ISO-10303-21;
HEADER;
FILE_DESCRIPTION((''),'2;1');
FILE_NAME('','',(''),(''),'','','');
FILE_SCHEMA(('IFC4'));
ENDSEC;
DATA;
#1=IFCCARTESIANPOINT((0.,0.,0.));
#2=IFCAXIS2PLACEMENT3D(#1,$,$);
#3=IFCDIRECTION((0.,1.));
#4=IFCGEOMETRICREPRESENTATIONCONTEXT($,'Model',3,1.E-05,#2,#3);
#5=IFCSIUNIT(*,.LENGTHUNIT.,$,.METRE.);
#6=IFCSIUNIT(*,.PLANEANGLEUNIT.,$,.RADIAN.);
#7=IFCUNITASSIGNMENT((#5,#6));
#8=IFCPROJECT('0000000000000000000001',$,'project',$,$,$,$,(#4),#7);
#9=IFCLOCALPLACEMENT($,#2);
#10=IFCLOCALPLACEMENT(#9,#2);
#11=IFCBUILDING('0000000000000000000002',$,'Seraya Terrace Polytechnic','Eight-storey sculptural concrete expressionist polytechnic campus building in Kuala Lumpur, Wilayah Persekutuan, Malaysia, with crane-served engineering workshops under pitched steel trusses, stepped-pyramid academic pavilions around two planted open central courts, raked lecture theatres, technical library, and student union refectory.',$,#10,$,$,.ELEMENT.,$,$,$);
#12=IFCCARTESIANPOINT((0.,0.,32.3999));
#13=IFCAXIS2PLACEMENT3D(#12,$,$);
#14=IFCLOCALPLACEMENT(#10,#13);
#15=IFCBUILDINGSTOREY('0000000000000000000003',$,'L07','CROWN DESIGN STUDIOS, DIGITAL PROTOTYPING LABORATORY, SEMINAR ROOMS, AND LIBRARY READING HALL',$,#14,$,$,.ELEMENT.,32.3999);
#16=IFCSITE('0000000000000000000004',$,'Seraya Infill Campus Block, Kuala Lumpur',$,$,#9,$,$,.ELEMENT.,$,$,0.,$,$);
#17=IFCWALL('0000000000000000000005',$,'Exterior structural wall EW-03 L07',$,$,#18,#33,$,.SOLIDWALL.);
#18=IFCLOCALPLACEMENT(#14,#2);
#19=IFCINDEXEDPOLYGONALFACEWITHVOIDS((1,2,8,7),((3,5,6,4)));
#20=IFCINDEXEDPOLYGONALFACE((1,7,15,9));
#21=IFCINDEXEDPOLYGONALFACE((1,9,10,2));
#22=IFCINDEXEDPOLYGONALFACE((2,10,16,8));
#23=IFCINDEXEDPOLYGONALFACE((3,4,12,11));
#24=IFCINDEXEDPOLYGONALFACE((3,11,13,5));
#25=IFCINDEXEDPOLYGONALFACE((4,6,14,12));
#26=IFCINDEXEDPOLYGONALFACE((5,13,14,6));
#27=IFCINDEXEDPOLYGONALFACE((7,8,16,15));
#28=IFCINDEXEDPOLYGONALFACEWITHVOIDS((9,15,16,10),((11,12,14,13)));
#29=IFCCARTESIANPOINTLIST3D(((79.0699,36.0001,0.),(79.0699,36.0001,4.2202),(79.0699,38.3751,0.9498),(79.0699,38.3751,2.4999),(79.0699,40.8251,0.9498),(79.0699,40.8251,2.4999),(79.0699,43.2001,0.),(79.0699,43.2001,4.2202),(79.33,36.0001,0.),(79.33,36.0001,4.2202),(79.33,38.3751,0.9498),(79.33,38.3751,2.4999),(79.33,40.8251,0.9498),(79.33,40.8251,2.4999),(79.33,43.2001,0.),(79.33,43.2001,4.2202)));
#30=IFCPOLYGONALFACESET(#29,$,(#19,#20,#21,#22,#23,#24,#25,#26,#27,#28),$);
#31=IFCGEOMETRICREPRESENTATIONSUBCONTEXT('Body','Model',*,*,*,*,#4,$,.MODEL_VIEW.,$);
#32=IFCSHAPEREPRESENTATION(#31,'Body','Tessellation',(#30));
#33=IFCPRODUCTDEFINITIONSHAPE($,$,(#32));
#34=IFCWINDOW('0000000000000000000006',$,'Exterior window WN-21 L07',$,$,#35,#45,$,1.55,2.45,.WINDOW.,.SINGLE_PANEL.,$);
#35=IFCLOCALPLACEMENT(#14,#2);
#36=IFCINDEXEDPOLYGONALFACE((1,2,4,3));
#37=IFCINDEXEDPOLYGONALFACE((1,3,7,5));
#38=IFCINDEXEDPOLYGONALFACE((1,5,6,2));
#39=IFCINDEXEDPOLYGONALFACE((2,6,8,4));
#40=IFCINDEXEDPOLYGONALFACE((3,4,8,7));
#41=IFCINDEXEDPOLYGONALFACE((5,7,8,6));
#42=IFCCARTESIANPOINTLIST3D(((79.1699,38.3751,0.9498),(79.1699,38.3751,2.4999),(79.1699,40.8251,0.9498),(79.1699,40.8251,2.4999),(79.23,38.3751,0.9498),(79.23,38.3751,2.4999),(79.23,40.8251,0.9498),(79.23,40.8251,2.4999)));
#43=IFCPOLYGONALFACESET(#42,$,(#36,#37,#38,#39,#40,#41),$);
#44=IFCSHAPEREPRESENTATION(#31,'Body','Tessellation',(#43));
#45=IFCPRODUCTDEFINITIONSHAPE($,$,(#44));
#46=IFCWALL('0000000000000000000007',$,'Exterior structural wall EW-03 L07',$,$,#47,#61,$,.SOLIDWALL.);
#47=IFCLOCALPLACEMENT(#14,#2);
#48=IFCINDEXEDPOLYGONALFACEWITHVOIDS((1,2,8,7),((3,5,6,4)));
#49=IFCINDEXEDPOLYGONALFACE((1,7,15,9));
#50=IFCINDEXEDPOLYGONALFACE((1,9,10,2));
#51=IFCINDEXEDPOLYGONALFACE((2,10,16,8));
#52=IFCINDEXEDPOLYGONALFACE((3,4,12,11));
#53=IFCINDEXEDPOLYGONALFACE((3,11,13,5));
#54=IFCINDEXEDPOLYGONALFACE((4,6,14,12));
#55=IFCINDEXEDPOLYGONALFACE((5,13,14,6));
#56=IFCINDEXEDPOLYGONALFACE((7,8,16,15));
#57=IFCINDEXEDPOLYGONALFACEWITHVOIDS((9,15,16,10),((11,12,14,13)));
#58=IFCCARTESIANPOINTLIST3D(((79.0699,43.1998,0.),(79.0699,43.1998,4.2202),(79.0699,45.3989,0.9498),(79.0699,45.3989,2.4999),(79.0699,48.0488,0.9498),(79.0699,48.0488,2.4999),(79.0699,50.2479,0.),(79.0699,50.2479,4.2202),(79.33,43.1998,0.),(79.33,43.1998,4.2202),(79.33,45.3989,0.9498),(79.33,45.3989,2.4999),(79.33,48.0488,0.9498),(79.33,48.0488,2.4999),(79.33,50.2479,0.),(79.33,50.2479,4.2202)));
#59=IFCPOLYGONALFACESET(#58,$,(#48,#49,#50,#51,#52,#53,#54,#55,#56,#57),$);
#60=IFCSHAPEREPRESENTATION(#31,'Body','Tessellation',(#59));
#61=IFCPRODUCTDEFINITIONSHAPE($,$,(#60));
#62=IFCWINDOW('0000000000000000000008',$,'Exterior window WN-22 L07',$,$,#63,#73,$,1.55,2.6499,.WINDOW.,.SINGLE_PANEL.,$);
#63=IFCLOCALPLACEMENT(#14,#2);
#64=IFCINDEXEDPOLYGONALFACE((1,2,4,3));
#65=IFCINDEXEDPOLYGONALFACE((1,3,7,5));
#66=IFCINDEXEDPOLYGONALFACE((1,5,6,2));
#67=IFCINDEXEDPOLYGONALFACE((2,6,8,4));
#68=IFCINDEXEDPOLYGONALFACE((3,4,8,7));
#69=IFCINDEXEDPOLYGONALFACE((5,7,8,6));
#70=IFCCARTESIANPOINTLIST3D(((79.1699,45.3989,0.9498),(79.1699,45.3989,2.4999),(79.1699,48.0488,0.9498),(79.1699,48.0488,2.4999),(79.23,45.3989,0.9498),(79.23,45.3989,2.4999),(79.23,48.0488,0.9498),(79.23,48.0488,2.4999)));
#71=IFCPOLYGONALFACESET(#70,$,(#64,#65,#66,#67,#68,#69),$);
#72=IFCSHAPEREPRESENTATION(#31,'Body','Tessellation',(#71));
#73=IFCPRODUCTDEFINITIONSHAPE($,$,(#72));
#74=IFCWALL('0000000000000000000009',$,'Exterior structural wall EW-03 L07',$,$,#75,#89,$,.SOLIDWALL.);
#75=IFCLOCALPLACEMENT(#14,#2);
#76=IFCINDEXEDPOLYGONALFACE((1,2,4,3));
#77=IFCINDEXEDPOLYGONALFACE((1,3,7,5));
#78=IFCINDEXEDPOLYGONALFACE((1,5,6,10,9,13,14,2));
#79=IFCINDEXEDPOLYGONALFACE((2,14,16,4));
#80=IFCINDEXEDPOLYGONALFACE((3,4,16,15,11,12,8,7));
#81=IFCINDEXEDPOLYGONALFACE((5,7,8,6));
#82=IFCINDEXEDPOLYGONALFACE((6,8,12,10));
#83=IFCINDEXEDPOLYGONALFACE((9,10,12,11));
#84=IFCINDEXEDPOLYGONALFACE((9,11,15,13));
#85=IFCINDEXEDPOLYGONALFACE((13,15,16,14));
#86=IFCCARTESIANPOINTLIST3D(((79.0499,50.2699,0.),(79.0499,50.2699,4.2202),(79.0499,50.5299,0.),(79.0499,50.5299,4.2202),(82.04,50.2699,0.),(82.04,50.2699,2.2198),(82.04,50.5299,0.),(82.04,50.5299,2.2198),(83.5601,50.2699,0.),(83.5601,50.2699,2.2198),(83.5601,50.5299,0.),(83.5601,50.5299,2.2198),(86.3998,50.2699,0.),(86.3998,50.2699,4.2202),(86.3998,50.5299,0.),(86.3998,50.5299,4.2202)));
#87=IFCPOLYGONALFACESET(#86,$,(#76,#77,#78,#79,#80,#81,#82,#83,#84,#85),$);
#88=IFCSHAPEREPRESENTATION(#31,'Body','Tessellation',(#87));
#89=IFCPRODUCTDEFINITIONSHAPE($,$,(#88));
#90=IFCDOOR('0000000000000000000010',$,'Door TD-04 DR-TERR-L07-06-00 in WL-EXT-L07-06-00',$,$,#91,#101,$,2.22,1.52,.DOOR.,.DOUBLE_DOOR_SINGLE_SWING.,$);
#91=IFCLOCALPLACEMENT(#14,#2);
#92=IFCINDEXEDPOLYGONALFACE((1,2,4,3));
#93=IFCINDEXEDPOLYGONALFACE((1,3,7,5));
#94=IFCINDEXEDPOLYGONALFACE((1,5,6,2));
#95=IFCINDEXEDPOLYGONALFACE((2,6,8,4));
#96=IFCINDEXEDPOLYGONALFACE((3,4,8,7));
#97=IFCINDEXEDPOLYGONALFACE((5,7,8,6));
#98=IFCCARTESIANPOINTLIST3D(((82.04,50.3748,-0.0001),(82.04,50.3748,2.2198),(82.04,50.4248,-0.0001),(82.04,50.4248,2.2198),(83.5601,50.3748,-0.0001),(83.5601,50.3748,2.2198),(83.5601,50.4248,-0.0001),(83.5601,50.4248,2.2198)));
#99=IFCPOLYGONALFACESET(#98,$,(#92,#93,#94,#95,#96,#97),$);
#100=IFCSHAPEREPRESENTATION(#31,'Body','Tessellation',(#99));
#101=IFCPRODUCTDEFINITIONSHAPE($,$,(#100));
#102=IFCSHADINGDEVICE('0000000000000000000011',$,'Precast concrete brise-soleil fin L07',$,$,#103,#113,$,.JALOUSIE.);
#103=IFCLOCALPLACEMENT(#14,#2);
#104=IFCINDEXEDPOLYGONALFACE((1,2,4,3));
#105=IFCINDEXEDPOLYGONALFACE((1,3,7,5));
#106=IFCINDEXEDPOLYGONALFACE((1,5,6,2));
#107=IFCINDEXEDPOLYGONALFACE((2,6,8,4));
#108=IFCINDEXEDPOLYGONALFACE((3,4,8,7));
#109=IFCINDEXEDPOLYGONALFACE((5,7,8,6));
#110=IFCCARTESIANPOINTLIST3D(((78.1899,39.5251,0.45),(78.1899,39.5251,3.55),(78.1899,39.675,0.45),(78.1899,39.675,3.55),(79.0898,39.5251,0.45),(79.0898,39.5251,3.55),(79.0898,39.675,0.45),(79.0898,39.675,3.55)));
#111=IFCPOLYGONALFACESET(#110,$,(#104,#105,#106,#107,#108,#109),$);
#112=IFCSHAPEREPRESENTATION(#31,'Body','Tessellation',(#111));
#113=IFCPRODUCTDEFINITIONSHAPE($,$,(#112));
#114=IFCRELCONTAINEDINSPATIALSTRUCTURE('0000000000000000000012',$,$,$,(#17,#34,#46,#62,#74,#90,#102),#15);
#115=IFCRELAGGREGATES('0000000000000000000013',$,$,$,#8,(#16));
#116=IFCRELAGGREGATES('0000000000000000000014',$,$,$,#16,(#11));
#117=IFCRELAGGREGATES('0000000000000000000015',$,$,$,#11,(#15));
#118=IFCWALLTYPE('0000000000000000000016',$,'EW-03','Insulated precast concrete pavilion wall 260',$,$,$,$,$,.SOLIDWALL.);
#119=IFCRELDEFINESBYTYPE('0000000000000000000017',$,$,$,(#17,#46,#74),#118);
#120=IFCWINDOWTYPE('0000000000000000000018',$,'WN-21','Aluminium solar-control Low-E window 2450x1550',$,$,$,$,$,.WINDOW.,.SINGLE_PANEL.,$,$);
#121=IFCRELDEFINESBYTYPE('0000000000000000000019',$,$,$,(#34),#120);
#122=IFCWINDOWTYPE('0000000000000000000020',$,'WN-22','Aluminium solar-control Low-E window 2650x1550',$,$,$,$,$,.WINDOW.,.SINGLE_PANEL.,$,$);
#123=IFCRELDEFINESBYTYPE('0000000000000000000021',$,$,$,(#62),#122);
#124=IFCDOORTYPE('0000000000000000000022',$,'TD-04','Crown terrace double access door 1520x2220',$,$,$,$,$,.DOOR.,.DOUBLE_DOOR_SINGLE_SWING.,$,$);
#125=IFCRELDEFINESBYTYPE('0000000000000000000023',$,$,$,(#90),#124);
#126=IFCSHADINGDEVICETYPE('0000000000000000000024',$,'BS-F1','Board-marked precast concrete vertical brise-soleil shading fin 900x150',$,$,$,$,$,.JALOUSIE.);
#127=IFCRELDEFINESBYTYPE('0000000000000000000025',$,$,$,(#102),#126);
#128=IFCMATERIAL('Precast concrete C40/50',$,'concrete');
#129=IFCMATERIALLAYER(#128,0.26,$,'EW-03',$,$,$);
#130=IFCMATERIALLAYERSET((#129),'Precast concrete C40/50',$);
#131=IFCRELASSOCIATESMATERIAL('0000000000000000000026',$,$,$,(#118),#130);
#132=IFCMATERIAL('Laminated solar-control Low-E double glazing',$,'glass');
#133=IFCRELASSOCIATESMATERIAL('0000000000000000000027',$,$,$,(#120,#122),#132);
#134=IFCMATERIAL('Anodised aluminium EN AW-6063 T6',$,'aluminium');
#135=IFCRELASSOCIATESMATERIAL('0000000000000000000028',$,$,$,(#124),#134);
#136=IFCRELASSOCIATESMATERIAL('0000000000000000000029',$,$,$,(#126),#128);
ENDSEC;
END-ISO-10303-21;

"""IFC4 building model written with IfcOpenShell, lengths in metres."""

from ifc_helpers import new_model, si_unit, direction, frame, frame_2d, origin, origin_2d, place, context, subcontext, project, spatial, rectangle, extrude, material, layer, layer_set, type_object, element, fill, save


model = new_model("IFC4")

# Units and contexts
model_context = context("Model", 3, precision=1e-05, world=origin(), true_north=direction((0.0, 1.0)))
body_context = subcontext(model_context, "Body", "Model", "MODEL_VIEW")
ifc_project = project(units=[si_unit("LENGTHUNIT", "METRE"), si_unit("PLANEANGLEUNIT", "RADIAN")], contexts=[model_context])

# Site, building, storey
site_placement = place(None, origin())
site = spatial("IfcSite", under=ifc_project, at=site_placement, Name="Seraya Infill Campus Block, Kuala Lumpur", CompositionType="ELEMENT", RefElevation=0.0)
building_placement = place(site_placement, origin())
building = spatial("IfcBuilding", under=site, at=building_placement, Name="Seraya Terrace Polytechnic", Description="Eight-storey sculptural concrete expressionist polytechnic campus building in Kuala Lumpur, Wilayah Persekutuan, Malaysia, with crane-served engineering workshops under pitched steel trusses, stepped-pyramid academic pavilions around two planted open central courts, raked lecture theatres, technical library, and student union refectory.", CompositionType="ELEMENT")
storey_placement = place(building_placement, frame((0.0, 0.0, 32.3999)))
storey = spatial("IfcBuildingStorey", under=building, at=storey_placement, Name="L07", Description="CROWN DESIGN STUDIOS, DIGITAL PROTOTYPING LABORATORY, SEMINAR ROOMS, AND LIBRARY READING HALL", CompositionType="ELEMENT", Elevation=32.3999)

# Walls, openings, windows
ifc_material_1 = material(Name="Precast concrete C40/50", Category="concrete")
ifc_layer = layer(ifc_material_1, 0.26, Name="EW-03")
ifc_layer_set = layer_set([ifc_layer], Name="Precast concrete C40/50")
wall_type = type_object("IfcWallType", Name="EW-03", Description="Insulated precast concrete pavilion wall 260", PredefinedType="SOLIDWALL", material=ifc_layer_set)
ifc_material_2 = material(Name="Laminated solar-control Low-E double glazing", Category="glass")
wall_1_placement = place(storey_placement, frame((79.2, 36.0, 0.0), z_axis=(0.0, 0.0, 1.0), x_axis=(0.0, 1.0, 0.0)))
wall_1 = element("IfcWall", 1, at=wall_1_placement, inside=storey, type_object=wall_type, Name="Exterior structural wall EW-03 L07", PredefinedType="SOLIDWALL", context=body_context, shape_type="SweptSolid", body=[
    extrude(rectangle(XDim=7.2, YDim=0.26, at=frame_2d((3.6001, 0.0))), origin(), (0.0, 0.0, 1.0), 4.2202),
])
opening_1_placement = place(wall_1_placement, frame((2.375, 0.0, 0.95)))
opening_1 = element("IfcOpeningElement", 2, at=opening_1_placement, cuts=wall_1, PredefinedType="OPENING", context=body_context, shape_type="SweptSolid", body=[
    extrude(rectangle(XDim=2.45, YDim=1.55, at=frame_2d((1.2251, 0.7749))), frame((0.0, 0.1421, 0.0), z_axis=(0.0, -1.0, 0.0), x_axis=(1.0, 0.0, 0.0)), (0.0, 0.0, 1.0), 0.2839),
])
window_type_1 = type_object("IfcWindowType", Name="WN-21", Description="Aluminium solar-control Low-E window 2450x1550", PartitioningType="SINGLE_PANEL", PredefinedType="WINDOW", material=ifc_material_2)
window_1_placement = place(opening_1_placement, origin())
window_1 = element("IfcWindow", 3, at=window_1_placement, inside=storey, type_object=window_type_1, Name="Exterior window WN-21 L07", OverallHeight=1.55, OverallWidth=2.45, PartitioningType="SINGLE_PANEL", PredefinedType="WINDOW", context=body_context, shape_type="SweptSolid", body=[
    extrude(rectangle(XDim=2.45, YDim=1.55, at=frame_2d((1.2251, 0.7749))), frame((0.0, 0.03, 0.0), z_axis=(0.0, -1.0, 0.0), x_axis=(1.0, 0.0, 0.0)), (0.0, 0.0, 1.0), 0.0601),
])
fill(opening_1, window_1)
wall_2_placement = place(storey_placement, frame((79.2, 43.2, 0.0), z_axis=(0.0, 0.0, 1.0), x_axis=(0.0, 1.0, 0.0)))
wall_2 = element("IfcWall", 4, at=wall_2_placement, inside=storey, type_object=wall_type, Name="Exterior structural wall EW-03 L07", PredefinedType="SOLIDWALL", context=body_context, shape_type="SweptSolid", body=[
    extrude(rectangle(XDim=7.0481, YDim=0.26, at=frame_2d((3.5239, 0.0))), origin(), (0.0, 0.0, 1.0), 4.2202),
])
opening_2_placement = place(wall_2_placement, frame((2.199, 0.0, 0.95)))
opening_2 = element("IfcOpeningElement", 5, at=opening_2_placement, cuts=wall_2, PredefinedType="OPENING", context=body_context, shape_type="SweptSolid", body=[
    extrude(rectangle(XDim=2.6499, YDim=1.55, at=frame_2d((1.325, 0.7749))), frame((0.0, 0.1421, 0.0), z_axis=(0.0, -1.0, 0.0), x_axis=(1.0, 0.0, 0.0)), (0.0, 0.0, 1.0), 0.2839),
])
window_type_2 = type_object("IfcWindowType", Name="WN-22", Description="Aluminium solar-control Low-E window 2650x1550", PartitioningType="SINGLE_PANEL", PredefinedType="WINDOW", material=ifc_material_2)
window_2_placement = place(opening_2_placement, origin())
window_2 = element("IfcWindow", 6, at=window_2_placement, inside=storey, type_object=window_type_2, Name="Exterior window WN-22 L07", OverallHeight=1.55, OverallWidth=2.6499, PartitioningType="SINGLE_PANEL", PredefinedType="WINDOW", context=body_context, shape_type="SweptSolid", body=[
    extrude(rectangle(XDim=2.6499, YDim=1.55, at=frame_2d((1.325, 0.7749))), frame((0.0, 0.03, 0.0), z_axis=(0.0, -1.0, 0.0), x_axis=(1.0, 0.0, 0.0)), (0.0, 0.0, 1.0), 0.0601),
])
fill(opening_2, window_2)

# Wall, opening, door
wall_3_placement = place(storey_placement, frame((79.05, 50.3999, 0.0), z_axis=(0.0, 0.0, 1.0), x_axis=(1.0, 0.0, 0.0)))
wall_3 = element("IfcWall", 7, at=wall_3_placement, inside=storey, type_object=wall_type, Name="Exterior structural wall EW-03 L07", PredefinedType="SOLIDWALL", context=body_context, shape_type="SweptSolid", body=[
    extrude(rectangle(XDim=7.3499, YDim=0.26, at=frame_2d((3.6748, 0.0))), origin(), (0.0, 0.0, 1.0), 4.2202),
])
opening_3_placement = place(wall_3_placement, frame((2.99, 0.0, 0.0)))
opening_3 = element("IfcOpeningElement", 8, at=opening_3_placement, cuts=wall_3, PredefinedType="OPENING", context=body_context, shape_type="SweptSolid", body=[
    extrude(rectangle(XDim=1.52, YDim=2.22, at=frame_2d((0.76, 1.1099))), frame((0.0, 0.1421, 0.0), z_axis=(0.0, -1.0, 0.0), x_axis=(1.0, 0.0, 0.0)), (0.0, 0.0, 1.0), 0.2839),
])
ifc_material_3 = material(Name="Anodised aluminium EN AW-6063 T6", Category="aluminium")
door_type = type_object("IfcDoorType", Name="TD-04", Description="Crown terrace double access door 1520x2220", OperationType="DOUBLE_DOOR_SINGLE_SWING", PredefinedType="DOOR", material=ifc_material_3)
door_placement = place(opening_3_placement, origin())
door = element("IfcDoor", 9, at=door_placement, inside=storey, type_object=door_type, Name="Door TD-04 DR-TERR-L07-06-00 in WL-EXT-L07-06-00", OperationType="DOUBLE_DOOR_SINGLE_SWING", OverallHeight=2.22, OverallWidth=1.52, PredefinedType="DOOR", context=body_context, shape_type="SweptSolid", body=[
    extrude(rectangle(XDim=1.52, YDim=2.22, at=frame_2d((0.76, 1.1099))), frame((0.0, 0.0249, 0.0), z_axis=(0.0, -1.0, 0.0), x_axis=(1.0, 0.0, 0.0)), (0.0, 0.0, 1.0), 0.05),
])
fill(opening_3, door)

# Shading device
shading_device_type = type_object("IfcShadingDeviceType", Name="BS-F1", Description="Board-marked precast concrete vertical brise-soleil shading fin 900x150", PredefinedType="JALOUSIE", material=ifc_material_1)
shading_device_placement = place(storey_placement, frame((78.6399, 39.6001, 0.45), z_axis=(0.0, 0.0, 1.0), x_axis=(-1.0, 0.0, 0.0)))
element("IfcShadingDevice", 10, at=shading_device_placement, inside=storey, type_object=shading_device_type, Name="Precast concrete brise-soleil fin L07", PredefinedType="JALOUSIE", context=body_context, shape_type="SweptSolid", body=[
    extrude(rectangle(XDim=0.8999, YDim=0.1499, at=origin_2d()), origin(), (0.0, 0.0, 1.0), 3.1001),
])

save(model, "model.ifc")
